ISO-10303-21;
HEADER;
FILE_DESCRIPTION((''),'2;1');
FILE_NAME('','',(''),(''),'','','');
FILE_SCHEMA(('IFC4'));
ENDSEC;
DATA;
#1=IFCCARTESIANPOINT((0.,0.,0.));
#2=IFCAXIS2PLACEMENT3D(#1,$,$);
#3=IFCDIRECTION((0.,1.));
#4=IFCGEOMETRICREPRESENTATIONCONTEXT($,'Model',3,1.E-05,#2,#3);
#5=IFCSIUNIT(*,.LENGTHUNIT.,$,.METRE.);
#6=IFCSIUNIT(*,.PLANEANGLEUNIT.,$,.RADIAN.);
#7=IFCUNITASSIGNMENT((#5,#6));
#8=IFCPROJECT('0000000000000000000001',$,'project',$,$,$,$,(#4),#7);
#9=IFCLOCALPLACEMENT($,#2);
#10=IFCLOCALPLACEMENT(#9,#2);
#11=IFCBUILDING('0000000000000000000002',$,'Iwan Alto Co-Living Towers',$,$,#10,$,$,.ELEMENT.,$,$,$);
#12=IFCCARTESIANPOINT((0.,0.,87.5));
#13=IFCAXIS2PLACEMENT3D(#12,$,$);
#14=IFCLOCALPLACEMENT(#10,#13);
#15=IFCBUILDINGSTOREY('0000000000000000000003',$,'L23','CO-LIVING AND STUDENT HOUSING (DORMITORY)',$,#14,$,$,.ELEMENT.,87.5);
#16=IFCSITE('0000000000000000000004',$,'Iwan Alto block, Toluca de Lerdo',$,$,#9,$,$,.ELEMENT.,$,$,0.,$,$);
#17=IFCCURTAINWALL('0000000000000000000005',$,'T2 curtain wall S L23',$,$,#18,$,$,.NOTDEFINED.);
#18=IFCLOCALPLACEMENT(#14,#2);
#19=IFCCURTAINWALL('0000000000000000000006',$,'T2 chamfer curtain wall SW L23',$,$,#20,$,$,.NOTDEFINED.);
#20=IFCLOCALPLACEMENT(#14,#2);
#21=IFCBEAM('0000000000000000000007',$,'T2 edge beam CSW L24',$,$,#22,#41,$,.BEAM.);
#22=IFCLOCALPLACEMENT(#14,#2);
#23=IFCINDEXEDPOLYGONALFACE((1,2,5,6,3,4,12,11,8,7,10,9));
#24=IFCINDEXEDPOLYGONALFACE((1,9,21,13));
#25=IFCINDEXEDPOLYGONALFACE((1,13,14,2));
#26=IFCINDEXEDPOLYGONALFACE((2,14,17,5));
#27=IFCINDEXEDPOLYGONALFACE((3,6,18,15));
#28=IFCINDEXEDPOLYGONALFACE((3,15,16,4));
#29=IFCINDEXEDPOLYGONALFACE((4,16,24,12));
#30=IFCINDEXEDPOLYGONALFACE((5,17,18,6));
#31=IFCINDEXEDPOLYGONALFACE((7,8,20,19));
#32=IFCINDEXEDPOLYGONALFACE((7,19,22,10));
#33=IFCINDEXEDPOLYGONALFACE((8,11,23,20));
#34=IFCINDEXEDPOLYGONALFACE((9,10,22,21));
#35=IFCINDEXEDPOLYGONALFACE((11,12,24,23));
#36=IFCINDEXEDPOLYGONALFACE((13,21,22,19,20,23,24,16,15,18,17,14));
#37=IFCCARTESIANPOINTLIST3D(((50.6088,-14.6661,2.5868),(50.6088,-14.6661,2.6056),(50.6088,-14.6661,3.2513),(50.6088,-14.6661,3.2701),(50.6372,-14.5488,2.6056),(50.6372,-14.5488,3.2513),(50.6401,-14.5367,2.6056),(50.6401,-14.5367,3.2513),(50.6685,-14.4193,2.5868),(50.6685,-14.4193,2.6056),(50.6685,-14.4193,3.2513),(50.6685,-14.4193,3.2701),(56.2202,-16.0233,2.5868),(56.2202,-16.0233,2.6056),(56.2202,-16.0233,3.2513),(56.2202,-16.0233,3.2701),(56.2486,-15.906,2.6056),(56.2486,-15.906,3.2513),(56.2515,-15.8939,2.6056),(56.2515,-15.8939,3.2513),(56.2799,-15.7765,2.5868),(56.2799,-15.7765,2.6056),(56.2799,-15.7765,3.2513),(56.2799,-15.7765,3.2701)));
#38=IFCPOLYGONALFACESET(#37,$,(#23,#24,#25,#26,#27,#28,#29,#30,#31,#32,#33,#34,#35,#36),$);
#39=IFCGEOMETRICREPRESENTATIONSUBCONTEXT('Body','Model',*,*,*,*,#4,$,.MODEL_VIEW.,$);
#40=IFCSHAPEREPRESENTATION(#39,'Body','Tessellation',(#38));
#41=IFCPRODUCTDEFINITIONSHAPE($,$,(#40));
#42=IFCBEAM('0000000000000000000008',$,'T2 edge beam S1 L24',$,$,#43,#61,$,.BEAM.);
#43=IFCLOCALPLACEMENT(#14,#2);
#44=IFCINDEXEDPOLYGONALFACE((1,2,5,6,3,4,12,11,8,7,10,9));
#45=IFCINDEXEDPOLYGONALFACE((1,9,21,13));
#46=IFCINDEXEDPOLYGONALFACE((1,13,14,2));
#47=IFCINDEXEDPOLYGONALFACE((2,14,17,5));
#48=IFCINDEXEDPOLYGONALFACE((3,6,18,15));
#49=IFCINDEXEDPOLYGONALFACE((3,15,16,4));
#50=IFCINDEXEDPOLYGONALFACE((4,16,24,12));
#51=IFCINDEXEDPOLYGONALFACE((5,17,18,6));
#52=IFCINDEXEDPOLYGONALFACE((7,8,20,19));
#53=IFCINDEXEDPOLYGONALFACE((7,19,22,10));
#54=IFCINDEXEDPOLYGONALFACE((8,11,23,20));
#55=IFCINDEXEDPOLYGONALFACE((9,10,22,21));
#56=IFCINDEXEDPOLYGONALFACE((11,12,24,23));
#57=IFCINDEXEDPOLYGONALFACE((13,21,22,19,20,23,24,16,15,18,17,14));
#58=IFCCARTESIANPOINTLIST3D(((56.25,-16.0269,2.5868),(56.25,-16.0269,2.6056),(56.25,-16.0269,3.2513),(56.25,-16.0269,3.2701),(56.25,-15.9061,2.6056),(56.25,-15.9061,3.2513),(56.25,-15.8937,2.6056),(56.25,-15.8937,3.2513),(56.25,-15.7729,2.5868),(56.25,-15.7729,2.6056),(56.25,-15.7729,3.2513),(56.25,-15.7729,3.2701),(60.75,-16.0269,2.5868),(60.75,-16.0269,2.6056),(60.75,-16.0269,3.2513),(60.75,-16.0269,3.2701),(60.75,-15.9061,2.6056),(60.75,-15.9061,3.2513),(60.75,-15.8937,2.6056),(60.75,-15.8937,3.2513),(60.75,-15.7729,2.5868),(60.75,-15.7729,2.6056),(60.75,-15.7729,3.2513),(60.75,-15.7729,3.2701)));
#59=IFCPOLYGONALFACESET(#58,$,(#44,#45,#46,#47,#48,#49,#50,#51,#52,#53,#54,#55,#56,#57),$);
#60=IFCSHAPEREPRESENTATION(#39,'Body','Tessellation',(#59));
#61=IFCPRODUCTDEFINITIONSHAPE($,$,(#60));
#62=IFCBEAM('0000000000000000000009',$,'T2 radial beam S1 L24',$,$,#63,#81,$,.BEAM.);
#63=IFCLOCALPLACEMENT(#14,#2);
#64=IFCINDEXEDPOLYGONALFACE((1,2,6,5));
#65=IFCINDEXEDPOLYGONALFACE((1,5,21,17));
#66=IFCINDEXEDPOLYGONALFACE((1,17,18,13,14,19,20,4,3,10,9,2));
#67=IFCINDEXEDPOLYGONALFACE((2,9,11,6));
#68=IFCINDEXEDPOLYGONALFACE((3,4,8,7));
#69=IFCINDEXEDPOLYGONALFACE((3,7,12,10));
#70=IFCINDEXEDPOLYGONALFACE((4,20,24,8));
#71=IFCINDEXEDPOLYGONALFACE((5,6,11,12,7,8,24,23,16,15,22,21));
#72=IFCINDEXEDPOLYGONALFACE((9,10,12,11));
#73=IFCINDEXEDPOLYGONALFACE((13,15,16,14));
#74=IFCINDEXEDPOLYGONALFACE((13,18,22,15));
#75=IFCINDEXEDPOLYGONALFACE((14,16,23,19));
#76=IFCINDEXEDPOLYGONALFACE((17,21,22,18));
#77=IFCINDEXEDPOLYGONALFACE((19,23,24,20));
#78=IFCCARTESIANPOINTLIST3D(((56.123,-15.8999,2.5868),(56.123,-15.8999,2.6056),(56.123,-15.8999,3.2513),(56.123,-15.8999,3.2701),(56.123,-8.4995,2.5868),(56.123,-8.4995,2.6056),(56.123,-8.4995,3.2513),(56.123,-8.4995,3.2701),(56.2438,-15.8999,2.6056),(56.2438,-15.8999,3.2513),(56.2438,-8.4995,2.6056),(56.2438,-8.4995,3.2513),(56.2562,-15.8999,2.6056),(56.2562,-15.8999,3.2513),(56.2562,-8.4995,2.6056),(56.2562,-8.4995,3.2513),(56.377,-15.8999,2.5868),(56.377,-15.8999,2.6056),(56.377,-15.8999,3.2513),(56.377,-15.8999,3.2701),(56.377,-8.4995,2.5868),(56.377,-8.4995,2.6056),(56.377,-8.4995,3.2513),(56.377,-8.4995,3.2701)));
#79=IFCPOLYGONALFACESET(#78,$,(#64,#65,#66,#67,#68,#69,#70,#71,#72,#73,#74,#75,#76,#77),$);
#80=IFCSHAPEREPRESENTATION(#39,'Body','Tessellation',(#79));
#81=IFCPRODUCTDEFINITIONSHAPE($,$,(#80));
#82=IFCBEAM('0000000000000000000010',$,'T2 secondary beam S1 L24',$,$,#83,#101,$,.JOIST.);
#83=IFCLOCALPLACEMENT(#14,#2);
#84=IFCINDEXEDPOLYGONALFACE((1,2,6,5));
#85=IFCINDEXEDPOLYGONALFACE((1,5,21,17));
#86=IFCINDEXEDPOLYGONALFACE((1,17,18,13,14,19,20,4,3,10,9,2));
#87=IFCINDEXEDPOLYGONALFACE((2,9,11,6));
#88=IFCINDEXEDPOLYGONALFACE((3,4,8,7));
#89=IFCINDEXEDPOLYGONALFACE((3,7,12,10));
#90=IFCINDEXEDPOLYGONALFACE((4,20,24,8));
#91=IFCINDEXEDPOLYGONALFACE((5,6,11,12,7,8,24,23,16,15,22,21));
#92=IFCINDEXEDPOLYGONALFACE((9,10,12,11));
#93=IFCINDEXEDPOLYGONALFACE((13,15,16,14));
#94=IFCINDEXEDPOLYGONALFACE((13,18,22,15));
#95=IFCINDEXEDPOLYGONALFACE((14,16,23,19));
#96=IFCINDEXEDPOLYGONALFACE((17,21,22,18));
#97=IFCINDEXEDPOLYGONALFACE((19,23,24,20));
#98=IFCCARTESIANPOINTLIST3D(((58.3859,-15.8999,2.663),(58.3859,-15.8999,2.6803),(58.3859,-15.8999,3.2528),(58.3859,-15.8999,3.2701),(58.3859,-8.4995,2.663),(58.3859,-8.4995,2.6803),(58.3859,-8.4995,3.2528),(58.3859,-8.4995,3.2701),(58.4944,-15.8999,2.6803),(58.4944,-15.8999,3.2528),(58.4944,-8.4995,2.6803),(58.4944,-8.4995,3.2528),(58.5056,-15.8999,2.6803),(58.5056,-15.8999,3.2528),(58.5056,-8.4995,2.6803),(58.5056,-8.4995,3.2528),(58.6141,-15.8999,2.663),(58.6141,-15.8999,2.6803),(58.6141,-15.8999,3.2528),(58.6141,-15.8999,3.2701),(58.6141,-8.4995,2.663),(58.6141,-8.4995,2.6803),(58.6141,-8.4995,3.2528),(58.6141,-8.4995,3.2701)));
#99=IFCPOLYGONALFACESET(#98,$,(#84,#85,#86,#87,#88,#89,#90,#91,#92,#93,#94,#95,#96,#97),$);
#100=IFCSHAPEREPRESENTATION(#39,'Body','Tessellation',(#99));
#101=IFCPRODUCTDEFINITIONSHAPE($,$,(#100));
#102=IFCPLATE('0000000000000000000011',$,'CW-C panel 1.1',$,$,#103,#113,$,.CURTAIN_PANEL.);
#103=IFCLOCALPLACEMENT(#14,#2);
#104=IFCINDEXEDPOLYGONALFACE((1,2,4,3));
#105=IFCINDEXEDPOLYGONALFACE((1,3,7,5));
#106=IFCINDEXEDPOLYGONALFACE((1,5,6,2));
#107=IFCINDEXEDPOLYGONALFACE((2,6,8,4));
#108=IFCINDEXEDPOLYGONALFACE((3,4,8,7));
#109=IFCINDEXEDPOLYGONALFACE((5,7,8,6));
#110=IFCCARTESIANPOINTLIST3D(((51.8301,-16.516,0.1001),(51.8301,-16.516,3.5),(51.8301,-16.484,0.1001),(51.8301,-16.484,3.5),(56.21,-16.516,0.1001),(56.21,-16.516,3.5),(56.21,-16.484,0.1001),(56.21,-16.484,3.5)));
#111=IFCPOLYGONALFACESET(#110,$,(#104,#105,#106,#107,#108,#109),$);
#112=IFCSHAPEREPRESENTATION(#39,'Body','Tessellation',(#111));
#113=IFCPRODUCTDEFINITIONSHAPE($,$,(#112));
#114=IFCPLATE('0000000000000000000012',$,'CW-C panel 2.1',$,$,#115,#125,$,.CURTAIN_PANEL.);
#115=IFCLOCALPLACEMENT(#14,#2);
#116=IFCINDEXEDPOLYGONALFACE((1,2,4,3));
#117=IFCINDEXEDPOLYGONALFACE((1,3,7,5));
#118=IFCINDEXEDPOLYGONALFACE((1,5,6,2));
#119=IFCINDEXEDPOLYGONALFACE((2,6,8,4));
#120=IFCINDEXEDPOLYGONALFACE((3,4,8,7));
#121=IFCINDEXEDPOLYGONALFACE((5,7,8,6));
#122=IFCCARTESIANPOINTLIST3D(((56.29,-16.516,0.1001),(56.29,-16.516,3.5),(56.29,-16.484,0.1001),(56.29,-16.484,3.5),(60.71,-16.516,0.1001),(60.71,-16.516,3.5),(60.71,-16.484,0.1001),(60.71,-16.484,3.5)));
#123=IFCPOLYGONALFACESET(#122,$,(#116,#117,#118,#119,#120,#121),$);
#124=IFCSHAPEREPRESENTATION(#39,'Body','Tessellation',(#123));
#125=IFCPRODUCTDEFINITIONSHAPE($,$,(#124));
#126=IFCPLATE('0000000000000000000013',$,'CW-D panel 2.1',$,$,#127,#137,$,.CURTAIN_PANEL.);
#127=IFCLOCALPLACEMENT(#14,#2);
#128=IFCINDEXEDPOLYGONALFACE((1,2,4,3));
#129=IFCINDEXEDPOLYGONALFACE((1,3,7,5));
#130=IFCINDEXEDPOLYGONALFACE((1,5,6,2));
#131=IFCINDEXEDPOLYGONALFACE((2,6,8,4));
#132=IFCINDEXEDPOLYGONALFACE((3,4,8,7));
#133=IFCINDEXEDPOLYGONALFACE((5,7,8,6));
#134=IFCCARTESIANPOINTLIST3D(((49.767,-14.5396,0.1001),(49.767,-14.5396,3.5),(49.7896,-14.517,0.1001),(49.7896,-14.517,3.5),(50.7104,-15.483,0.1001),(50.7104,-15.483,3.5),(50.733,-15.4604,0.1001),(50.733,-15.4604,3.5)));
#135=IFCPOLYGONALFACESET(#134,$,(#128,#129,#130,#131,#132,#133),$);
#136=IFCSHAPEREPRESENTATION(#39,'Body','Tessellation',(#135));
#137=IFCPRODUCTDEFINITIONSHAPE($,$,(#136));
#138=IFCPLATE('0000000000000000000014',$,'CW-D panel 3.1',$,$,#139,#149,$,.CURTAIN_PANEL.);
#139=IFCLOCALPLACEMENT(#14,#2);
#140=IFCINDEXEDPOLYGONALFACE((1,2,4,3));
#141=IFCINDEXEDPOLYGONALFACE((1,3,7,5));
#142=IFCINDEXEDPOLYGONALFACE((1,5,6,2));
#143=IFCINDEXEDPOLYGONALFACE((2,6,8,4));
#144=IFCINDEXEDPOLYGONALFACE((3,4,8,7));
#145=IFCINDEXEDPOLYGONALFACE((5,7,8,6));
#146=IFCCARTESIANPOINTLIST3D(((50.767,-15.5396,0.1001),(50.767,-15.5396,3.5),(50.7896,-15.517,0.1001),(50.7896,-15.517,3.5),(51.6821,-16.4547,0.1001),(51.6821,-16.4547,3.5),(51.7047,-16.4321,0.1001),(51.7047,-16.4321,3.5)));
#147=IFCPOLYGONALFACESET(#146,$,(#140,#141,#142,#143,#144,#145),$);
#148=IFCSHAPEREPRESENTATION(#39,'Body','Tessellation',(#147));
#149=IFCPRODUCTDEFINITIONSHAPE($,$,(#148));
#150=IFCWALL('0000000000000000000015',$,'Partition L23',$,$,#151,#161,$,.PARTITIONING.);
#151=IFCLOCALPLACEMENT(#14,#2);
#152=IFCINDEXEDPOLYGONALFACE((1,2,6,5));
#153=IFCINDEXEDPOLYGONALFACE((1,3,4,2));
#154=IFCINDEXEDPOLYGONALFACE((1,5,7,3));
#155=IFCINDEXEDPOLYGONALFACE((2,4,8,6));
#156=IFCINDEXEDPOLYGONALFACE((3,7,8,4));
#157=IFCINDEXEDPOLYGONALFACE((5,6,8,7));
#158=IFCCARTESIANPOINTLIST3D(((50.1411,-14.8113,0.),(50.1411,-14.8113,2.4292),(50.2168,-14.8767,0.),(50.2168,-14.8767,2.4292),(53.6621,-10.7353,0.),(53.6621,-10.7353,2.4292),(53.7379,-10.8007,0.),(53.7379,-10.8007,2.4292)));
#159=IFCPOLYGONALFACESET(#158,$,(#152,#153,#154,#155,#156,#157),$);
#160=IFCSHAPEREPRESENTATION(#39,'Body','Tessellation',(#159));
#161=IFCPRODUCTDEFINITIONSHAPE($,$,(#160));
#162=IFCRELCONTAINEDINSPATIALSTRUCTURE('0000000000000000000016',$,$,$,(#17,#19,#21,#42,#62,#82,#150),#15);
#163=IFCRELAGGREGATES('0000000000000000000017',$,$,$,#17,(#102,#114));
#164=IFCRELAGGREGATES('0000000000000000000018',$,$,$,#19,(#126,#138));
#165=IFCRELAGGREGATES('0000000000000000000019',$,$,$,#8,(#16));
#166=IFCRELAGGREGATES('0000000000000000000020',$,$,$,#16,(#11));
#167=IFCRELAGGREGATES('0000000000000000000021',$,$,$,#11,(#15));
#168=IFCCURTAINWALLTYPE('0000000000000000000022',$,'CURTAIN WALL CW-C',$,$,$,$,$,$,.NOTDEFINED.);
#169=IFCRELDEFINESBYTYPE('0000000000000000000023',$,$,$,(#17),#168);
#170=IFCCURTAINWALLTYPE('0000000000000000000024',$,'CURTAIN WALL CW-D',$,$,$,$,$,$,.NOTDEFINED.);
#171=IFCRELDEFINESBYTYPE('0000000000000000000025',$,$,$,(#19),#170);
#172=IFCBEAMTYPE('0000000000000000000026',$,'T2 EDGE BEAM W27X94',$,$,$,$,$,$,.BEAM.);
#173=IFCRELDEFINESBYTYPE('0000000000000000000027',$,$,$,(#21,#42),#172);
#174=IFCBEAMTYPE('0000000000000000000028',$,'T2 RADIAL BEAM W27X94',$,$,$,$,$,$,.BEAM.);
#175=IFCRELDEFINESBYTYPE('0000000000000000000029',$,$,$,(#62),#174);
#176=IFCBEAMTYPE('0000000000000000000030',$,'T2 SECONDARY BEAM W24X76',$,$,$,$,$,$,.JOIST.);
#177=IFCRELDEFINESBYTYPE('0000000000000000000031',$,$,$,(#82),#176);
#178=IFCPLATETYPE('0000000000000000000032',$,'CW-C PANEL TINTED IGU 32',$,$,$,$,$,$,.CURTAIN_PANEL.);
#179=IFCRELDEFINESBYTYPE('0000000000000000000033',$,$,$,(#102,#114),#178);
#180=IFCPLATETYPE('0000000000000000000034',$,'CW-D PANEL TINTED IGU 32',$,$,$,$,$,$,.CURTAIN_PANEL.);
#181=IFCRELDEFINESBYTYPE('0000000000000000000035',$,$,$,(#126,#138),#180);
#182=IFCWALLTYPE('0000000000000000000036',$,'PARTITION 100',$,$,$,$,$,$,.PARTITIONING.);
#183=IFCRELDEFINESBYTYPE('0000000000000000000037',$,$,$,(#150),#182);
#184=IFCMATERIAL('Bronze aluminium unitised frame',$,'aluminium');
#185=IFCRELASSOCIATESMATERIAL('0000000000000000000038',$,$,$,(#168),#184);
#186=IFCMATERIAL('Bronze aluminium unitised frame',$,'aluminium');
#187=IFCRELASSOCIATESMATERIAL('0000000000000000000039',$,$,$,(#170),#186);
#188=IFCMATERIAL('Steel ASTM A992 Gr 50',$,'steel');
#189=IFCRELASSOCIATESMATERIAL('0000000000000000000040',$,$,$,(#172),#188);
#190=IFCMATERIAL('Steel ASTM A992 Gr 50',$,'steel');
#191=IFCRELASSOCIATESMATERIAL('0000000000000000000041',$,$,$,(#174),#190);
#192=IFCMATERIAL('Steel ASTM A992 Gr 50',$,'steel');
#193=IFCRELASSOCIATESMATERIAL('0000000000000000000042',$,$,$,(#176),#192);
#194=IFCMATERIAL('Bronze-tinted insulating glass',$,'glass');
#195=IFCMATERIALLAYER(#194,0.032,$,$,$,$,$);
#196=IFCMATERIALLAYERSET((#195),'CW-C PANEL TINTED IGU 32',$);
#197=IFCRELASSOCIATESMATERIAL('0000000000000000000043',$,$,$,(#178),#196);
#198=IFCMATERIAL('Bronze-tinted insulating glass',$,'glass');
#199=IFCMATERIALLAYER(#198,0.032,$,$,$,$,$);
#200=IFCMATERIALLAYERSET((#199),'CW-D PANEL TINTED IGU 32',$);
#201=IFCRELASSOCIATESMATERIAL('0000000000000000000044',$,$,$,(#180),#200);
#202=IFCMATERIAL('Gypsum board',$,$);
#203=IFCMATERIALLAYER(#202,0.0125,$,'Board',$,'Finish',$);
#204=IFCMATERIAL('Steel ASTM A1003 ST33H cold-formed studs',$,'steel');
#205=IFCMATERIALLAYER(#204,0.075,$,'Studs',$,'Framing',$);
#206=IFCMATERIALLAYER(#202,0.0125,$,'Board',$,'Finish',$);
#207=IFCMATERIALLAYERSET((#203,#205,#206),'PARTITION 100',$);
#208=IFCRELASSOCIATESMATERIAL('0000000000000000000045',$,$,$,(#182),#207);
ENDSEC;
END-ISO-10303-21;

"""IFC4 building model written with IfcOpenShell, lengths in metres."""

from ifc_helpers import new_model, si_unit, direction, frame, frame_2d, origin, origin_2d, place, context, subcontext, project, spatial, rectangle, i_section, extrude, material, layer, layer_set, material_profile, profile_set, type_object, element, aggregate, save


model = new_model("IFC4")

# Units and contexts
model_context = context("Model", 3, precision=1e-05, world=origin(), true_north=direction((0.0, 1.0)))
body_context = subcontext(model_context, "Body", "Model", "MODEL_VIEW")
ifc_project = project(units=[si_unit("LENGTHUNIT", "METRE"), si_unit("PLANEANGLEUNIT", "RADIAN")], contexts=[model_context])

# Site, building, storey
site_placement = place(None, origin())
site = spatial("IfcSite", under=ifc_project, at=site_placement, Name="Iwan Alto block, Toluca de Lerdo", CompositionType="ELEMENT", RefElevation=0.0)
building_placement = place(site_placement, origin())
building = spatial("IfcBuilding", under=site, at=building_placement, Name="Iwan Alto Co-Living Towers", CompositionType="ELEMENT")
storey_placement = place(building_placement, frame((0.0, 0.0, 87.5)))
storey = spatial("IfcBuildingStorey", under=building, at=storey_placement, Name="L23", Description="CO-LIVING AND STUDENT HOUSING (DORMITORY)", CompositionType="ELEMENT", Elevation=87.5)

# Curtain walls
ifc_material_1 = material(Name="Bronze aluminium unitised frame", Category="aluminium")
curtain_wall_type_1 = type_object("IfcCurtainWallType", Name="CURTAIN WALL CW-C", PredefinedType="NOTDEFINED", material=ifc_material_1)
curtain_wall_1_placement = place(storey_placement, origin())
curtain_wall_1 = element("IfcCurtainWall", 1, at=curtain_wall_1_placement, inside=storey, type_object=curtain_wall_type_1, Name="T2 curtain wall S L23", PredefinedType="NOTDEFINED")
ifc_material_2 = material(Name="Bronze aluminium unitised frame", Category="aluminium")
curtain_wall_type_2 = type_object("IfcCurtainWallType", Name="CURTAIN WALL CW-D", PredefinedType="NOTDEFINED", material=ifc_material_2)
curtain_wall_2_placement = place(storey_placement, origin())
curtain_wall_2 = element("IfcCurtainWall", 2, at=curtain_wall_2_placement, inside=storey, type_object=curtain_wall_type_2, Name="T2 chamfer curtain wall SW L23", PredefinedType="NOTDEFINED")

# Beams
ifc_material_3 = material(Name="Steel ASTM A992 Gr 50", Category="steel")
ifc_material_profile_1 = material_profile(ifc_material_3, i_section(OverallWidth=0.2539, OverallDepth=0.6833, WebThickness=0.0125, FlangeThickness=0.0188, at=origin_2d()), Name="W27X94")
ifc_profile_set_1 = profile_set([ifc_material_profile_1], Name="Steel ASTM A992 Gr 50")
beam_type_1 = type_object("IfcBeamType", Name="T2 EDGE BEAM W27X94", PredefinedType="BEAM", material=ifc_profile_set_1)
beam_1_placement = place(storey_placement, frame((50.6387, -14.5427, 2.9285), z_axis=(0.971975, -0.235086, 0.0), x_axis=(0.235086, 0.971975, 0.0)))
element("IfcBeam", 3, at=beam_1_placement, inside=storey, type_object=beam_type_1, Name="T2 edge beam CSW L24", PredefinedType="BEAM", context=body_context, shape_type="SweptSolid", body=[
    extrude(i_section(OverallWidth=0.2539, OverallDepth=0.6833, WebThickness=0.0125, FlangeThickness=0.0188, at=origin_2d()), origin(), (0.0, 0.0, 1.0), 5.7732),
])
beam_2_placement = place(storey_placement, frame((56.25, -15.8999, 2.9285), z_axis=(1.0, 0.0, 0.0), x_axis=(0.0, 1.0, 0.0)))
element("IfcBeam", 4, at=beam_2_placement, inside=storey, type_object=beam_type_1, Name="T2 edge beam S1 L24", PredefinedType="BEAM", context=body_context, shape_type="SweptSolid", body=[
    extrude(i_section(OverallWidth=0.2539, OverallDepth=0.6833, WebThickness=0.0125, FlangeThickness=0.0188, at=origin_2d()), origin(), (0.0, 0.0, 1.0), 4.5),
])
ifc_material_4 = material(Name="Steel ASTM A992 Gr 50", Category="steel")
ifc_material_profile_2 = material_profile(ifc_material_4, i_section(OverallWidth=0.2539, OverallDepth=0.6833, WebThickness=0.0125, FlangeThickness=0.0188, at=origin_2d()), Name="W27X94")
ifc_profile_set_2 = profile_set([ifc_material_profile_2], Name="Steel ASTM A992 Gr 50")
beam_type_2 = type_object("IfcBeamType", Name="T2 RADIAL BEAM W27X94", PredefinedType="BEAM", material=ifc_profile_set_2)
beam_3_placement = place(storey_placement, frame((56.25, -15.8999, 2.9285), z_axis=(0.0, 1.0, 0.0), x_axis=(-1.0, 0.0, 0.0)))
element("IfcBeam", 5, at=beam_3_placement, inside=storey, type_object=beam_type_2, Name="T2 radial beam S1 L24", PredefinedType="BEAM", context=body_context, shape_type="SweptSolid", body=[
    extrude(i_section(OverallWidth=0.2539, OverallDepth=0.6833, WebThickness=0.0125, FlangeThickness=0.0188, at=origin_2d()), origin(), (0.0, 0.0, 1.0), 7.4004),
])
ifc_material_5 = material(Name="Steel ASTM A992 Gr 50", Category="steel")
ifc_material_profile_3 = material_profile(ifc_material_5, i_section(OverallWidth=0.2283, OverallDepth=0.6072, WebThickness=0.0112, FlangeThickness=0.0173, at=origin_2d()), Name="W24X76")
ifc_profile_set_3 = profile_set([ifc_material_profile_3], Name="Steel ASTM A992 Gr 50")
beam_type_3 = type_object("IfcBeamType", Name="T2 SECONDARY BEAM W24X76", PredefinedType="JOIST", material=ifc_profile_set_3)
beam_4_placement = place(storey_placement, frame((58.5, -15.8999, 2.9666), z_axis=(0.0, 1.0, 0.0), x_axis=(-1.0, 0.0, 0.0)))
element("IfcBeam", 6, at=beam_4_placement, inside=storey, type_object=beam_type_3, Name="T2 secondary beam S1 L24", PredefinedType="JOIST", context=body_context, shape_type="SweptSolid", body=[
    extrude(i_section(OverallWidth=0.2283, OverallDepth=0.6072, WebThickness=0.0112, FlangeThickness=0.0173, at=origin_2d()), origin(), (0.0, 0.0, 1.0), 7.4004),
])

# Plates
ifc_material_6 = material(Name="Bronze-tinted insulating glass", Category="glass")
ifc_layer_1 = layer(ifc_material_6, 0.032)
ifc_layer_set_1 = layer_set([ifc_layer_1], Name="CW-C PANEL TINTED IGU 32")
plate_type_1 = type_object("IfcPlateType", Name="CW-C PANEL TINTED IGU 32", PredefinedType="CURTAIN_PANEL", material=ifc_layer_set_1)
plate_1_placement = place(storey_placement, frame((54.02, -16.5, 0.1001), z_axis=(0.0, 0.0, 1.0), x_axis=(1.0, 0.0, 0.0)))
plate_1 = element("IfcPlate", 7, at=plate_1_placement, type_object=plate_type_1, Name="CW-C panel 1.1", PredefinedType="CURTAIN_PANEL", context=body_context, shape_type="SweptSolid", body=[
    extrude(rectangle(XDim=4.3799, YDim=0.032, at=origin_2d()), origin(), (0.0, 0.0, 1.0), 3.3999),
])
plate_2_placement = place(storey_placement, frame((58.5, -16.5, 0.1001), z_axis=(0.0, 0.0, 1.0), x_axis=(1.0, 0.0, 0.0)))
plate_2 = element("IfcPlate", 8, at=plate_2_placement, type_object=plate_type_1, Name="CW-C panel 2.1", PredefinedType="CURTAIN_PANEL", context=body_context, shape_type="SweptSolid", body=[
    extrude(rectangle(XDim=4.4199, YDim=0.032, at=origin_2d()), origin(), (0.0, 0.0, 1.0), 3.3999),
])
aggregate(curtain_wall_1, [plate_1, plate_2])
ifc_material_7 = material(Name="Bronze-tinted insulating glass", Category="glass")
ifc_layer_2 = layer(ifc_material_7, 0.032)
ifc_layer_set_2 = layer_set([ifc_layer_2], Name="CW-D PANEL TINTED IGU 32")
plate_type_2 = type_object("IfcPlateType", Name="CW-D PANEL TINTED IGU 32", PredefinedType="CURTAIN_PANEL", material=ifc_layer_set_2)
plate_3_placement = place(storey_placement, frame((50.25, -15.0, 0.1001), z_axis=(0.0, 0.0, 1.0), x_axis=(0.707107, -0.707107, 0.0)))
plate_3 = element("IfcPlate", 9, at=plate_3_placement, type_object=plate_type_2, Name="CW-D panel 2.1", PredefinedType="CURTAIN_PANEL", context=body_context, shape_type="SweptSolid", body=[
    extrude(rectangle(XDim=1.3342, YDim=0.032, at=origin_2d()), origin(), (0.0, 0.0, 1.0), 3.3999),
])
plate_4_placement = place(storey_placement, frame((51.2358, -15.9858, 0.1001), z_axis=(0.0, 0.0, 1.0), x_axis=(0.707107, -0.707107, 0.0)))
plate_4 = element("IfcPlate", 10, at=plate_4_placement, type_object=plate_type_2, Name="CW-D panel 3.1", PredefinedType="CURTAIN_PANEL", context=body_context, shape_type="SweptSolid", body=[
    extrude(rectangle(XDim=1.2942, YDim=0.032, at=origin_2d()), origin(), (0.0, 0.0, 1.0), 3.3999),
])
aggregate(curtain_wall_2, [plate_3, plate_4])

# Wall
ifc_material_8 = material(Name="Gypsum board")
ifc_layer_3 = layer(ifc_material_8, 0.0125, Name="Board", Category="Finish")
ifc_material_9 = material(Name="Steel ASTM A1003 ST33H cold-formed studs", Category="steel")
ifc_layer_4 = layer(ifc_material_9, 0.075, Name="Studs", Category="Framing")
ifc_layer_5 = layer(ifc_material_8, 0.0125, Name="Board", Category="Finish")
ifc_layer_set_3 = layer_set([ifc_layer_3, ifc_layer_4, ifc_layer_5], Name="PARTITION 100")
wall_type = type_object("IfcWallType", Name="PARTITION 100", PredefinedType="PARTITIONING", material=ifc_layer_set_3)
wall_1_placement = place(storey_placement, frame((50.179, -14.844, 0.0), z_axis=(0.0, 0.0, 1.0), x_axis=(0.653713, 0.756742, 0.0)))
element("IfcWall", 11, at=wall_1_placement, inside=storey, type_object=wall_type, Name="Partition L23", PredefinedType="PARTITIONING", context=body_context, shape_type="SweptSolid", body=[
    extrude(rectangle(XDim=5.3862, YDim=0.1001, at=frame_2d((2.6931, 0.0))), origin(), (0.0, 0.0, 1.0), 2.4292),
])

save(model, "model.ifc")
